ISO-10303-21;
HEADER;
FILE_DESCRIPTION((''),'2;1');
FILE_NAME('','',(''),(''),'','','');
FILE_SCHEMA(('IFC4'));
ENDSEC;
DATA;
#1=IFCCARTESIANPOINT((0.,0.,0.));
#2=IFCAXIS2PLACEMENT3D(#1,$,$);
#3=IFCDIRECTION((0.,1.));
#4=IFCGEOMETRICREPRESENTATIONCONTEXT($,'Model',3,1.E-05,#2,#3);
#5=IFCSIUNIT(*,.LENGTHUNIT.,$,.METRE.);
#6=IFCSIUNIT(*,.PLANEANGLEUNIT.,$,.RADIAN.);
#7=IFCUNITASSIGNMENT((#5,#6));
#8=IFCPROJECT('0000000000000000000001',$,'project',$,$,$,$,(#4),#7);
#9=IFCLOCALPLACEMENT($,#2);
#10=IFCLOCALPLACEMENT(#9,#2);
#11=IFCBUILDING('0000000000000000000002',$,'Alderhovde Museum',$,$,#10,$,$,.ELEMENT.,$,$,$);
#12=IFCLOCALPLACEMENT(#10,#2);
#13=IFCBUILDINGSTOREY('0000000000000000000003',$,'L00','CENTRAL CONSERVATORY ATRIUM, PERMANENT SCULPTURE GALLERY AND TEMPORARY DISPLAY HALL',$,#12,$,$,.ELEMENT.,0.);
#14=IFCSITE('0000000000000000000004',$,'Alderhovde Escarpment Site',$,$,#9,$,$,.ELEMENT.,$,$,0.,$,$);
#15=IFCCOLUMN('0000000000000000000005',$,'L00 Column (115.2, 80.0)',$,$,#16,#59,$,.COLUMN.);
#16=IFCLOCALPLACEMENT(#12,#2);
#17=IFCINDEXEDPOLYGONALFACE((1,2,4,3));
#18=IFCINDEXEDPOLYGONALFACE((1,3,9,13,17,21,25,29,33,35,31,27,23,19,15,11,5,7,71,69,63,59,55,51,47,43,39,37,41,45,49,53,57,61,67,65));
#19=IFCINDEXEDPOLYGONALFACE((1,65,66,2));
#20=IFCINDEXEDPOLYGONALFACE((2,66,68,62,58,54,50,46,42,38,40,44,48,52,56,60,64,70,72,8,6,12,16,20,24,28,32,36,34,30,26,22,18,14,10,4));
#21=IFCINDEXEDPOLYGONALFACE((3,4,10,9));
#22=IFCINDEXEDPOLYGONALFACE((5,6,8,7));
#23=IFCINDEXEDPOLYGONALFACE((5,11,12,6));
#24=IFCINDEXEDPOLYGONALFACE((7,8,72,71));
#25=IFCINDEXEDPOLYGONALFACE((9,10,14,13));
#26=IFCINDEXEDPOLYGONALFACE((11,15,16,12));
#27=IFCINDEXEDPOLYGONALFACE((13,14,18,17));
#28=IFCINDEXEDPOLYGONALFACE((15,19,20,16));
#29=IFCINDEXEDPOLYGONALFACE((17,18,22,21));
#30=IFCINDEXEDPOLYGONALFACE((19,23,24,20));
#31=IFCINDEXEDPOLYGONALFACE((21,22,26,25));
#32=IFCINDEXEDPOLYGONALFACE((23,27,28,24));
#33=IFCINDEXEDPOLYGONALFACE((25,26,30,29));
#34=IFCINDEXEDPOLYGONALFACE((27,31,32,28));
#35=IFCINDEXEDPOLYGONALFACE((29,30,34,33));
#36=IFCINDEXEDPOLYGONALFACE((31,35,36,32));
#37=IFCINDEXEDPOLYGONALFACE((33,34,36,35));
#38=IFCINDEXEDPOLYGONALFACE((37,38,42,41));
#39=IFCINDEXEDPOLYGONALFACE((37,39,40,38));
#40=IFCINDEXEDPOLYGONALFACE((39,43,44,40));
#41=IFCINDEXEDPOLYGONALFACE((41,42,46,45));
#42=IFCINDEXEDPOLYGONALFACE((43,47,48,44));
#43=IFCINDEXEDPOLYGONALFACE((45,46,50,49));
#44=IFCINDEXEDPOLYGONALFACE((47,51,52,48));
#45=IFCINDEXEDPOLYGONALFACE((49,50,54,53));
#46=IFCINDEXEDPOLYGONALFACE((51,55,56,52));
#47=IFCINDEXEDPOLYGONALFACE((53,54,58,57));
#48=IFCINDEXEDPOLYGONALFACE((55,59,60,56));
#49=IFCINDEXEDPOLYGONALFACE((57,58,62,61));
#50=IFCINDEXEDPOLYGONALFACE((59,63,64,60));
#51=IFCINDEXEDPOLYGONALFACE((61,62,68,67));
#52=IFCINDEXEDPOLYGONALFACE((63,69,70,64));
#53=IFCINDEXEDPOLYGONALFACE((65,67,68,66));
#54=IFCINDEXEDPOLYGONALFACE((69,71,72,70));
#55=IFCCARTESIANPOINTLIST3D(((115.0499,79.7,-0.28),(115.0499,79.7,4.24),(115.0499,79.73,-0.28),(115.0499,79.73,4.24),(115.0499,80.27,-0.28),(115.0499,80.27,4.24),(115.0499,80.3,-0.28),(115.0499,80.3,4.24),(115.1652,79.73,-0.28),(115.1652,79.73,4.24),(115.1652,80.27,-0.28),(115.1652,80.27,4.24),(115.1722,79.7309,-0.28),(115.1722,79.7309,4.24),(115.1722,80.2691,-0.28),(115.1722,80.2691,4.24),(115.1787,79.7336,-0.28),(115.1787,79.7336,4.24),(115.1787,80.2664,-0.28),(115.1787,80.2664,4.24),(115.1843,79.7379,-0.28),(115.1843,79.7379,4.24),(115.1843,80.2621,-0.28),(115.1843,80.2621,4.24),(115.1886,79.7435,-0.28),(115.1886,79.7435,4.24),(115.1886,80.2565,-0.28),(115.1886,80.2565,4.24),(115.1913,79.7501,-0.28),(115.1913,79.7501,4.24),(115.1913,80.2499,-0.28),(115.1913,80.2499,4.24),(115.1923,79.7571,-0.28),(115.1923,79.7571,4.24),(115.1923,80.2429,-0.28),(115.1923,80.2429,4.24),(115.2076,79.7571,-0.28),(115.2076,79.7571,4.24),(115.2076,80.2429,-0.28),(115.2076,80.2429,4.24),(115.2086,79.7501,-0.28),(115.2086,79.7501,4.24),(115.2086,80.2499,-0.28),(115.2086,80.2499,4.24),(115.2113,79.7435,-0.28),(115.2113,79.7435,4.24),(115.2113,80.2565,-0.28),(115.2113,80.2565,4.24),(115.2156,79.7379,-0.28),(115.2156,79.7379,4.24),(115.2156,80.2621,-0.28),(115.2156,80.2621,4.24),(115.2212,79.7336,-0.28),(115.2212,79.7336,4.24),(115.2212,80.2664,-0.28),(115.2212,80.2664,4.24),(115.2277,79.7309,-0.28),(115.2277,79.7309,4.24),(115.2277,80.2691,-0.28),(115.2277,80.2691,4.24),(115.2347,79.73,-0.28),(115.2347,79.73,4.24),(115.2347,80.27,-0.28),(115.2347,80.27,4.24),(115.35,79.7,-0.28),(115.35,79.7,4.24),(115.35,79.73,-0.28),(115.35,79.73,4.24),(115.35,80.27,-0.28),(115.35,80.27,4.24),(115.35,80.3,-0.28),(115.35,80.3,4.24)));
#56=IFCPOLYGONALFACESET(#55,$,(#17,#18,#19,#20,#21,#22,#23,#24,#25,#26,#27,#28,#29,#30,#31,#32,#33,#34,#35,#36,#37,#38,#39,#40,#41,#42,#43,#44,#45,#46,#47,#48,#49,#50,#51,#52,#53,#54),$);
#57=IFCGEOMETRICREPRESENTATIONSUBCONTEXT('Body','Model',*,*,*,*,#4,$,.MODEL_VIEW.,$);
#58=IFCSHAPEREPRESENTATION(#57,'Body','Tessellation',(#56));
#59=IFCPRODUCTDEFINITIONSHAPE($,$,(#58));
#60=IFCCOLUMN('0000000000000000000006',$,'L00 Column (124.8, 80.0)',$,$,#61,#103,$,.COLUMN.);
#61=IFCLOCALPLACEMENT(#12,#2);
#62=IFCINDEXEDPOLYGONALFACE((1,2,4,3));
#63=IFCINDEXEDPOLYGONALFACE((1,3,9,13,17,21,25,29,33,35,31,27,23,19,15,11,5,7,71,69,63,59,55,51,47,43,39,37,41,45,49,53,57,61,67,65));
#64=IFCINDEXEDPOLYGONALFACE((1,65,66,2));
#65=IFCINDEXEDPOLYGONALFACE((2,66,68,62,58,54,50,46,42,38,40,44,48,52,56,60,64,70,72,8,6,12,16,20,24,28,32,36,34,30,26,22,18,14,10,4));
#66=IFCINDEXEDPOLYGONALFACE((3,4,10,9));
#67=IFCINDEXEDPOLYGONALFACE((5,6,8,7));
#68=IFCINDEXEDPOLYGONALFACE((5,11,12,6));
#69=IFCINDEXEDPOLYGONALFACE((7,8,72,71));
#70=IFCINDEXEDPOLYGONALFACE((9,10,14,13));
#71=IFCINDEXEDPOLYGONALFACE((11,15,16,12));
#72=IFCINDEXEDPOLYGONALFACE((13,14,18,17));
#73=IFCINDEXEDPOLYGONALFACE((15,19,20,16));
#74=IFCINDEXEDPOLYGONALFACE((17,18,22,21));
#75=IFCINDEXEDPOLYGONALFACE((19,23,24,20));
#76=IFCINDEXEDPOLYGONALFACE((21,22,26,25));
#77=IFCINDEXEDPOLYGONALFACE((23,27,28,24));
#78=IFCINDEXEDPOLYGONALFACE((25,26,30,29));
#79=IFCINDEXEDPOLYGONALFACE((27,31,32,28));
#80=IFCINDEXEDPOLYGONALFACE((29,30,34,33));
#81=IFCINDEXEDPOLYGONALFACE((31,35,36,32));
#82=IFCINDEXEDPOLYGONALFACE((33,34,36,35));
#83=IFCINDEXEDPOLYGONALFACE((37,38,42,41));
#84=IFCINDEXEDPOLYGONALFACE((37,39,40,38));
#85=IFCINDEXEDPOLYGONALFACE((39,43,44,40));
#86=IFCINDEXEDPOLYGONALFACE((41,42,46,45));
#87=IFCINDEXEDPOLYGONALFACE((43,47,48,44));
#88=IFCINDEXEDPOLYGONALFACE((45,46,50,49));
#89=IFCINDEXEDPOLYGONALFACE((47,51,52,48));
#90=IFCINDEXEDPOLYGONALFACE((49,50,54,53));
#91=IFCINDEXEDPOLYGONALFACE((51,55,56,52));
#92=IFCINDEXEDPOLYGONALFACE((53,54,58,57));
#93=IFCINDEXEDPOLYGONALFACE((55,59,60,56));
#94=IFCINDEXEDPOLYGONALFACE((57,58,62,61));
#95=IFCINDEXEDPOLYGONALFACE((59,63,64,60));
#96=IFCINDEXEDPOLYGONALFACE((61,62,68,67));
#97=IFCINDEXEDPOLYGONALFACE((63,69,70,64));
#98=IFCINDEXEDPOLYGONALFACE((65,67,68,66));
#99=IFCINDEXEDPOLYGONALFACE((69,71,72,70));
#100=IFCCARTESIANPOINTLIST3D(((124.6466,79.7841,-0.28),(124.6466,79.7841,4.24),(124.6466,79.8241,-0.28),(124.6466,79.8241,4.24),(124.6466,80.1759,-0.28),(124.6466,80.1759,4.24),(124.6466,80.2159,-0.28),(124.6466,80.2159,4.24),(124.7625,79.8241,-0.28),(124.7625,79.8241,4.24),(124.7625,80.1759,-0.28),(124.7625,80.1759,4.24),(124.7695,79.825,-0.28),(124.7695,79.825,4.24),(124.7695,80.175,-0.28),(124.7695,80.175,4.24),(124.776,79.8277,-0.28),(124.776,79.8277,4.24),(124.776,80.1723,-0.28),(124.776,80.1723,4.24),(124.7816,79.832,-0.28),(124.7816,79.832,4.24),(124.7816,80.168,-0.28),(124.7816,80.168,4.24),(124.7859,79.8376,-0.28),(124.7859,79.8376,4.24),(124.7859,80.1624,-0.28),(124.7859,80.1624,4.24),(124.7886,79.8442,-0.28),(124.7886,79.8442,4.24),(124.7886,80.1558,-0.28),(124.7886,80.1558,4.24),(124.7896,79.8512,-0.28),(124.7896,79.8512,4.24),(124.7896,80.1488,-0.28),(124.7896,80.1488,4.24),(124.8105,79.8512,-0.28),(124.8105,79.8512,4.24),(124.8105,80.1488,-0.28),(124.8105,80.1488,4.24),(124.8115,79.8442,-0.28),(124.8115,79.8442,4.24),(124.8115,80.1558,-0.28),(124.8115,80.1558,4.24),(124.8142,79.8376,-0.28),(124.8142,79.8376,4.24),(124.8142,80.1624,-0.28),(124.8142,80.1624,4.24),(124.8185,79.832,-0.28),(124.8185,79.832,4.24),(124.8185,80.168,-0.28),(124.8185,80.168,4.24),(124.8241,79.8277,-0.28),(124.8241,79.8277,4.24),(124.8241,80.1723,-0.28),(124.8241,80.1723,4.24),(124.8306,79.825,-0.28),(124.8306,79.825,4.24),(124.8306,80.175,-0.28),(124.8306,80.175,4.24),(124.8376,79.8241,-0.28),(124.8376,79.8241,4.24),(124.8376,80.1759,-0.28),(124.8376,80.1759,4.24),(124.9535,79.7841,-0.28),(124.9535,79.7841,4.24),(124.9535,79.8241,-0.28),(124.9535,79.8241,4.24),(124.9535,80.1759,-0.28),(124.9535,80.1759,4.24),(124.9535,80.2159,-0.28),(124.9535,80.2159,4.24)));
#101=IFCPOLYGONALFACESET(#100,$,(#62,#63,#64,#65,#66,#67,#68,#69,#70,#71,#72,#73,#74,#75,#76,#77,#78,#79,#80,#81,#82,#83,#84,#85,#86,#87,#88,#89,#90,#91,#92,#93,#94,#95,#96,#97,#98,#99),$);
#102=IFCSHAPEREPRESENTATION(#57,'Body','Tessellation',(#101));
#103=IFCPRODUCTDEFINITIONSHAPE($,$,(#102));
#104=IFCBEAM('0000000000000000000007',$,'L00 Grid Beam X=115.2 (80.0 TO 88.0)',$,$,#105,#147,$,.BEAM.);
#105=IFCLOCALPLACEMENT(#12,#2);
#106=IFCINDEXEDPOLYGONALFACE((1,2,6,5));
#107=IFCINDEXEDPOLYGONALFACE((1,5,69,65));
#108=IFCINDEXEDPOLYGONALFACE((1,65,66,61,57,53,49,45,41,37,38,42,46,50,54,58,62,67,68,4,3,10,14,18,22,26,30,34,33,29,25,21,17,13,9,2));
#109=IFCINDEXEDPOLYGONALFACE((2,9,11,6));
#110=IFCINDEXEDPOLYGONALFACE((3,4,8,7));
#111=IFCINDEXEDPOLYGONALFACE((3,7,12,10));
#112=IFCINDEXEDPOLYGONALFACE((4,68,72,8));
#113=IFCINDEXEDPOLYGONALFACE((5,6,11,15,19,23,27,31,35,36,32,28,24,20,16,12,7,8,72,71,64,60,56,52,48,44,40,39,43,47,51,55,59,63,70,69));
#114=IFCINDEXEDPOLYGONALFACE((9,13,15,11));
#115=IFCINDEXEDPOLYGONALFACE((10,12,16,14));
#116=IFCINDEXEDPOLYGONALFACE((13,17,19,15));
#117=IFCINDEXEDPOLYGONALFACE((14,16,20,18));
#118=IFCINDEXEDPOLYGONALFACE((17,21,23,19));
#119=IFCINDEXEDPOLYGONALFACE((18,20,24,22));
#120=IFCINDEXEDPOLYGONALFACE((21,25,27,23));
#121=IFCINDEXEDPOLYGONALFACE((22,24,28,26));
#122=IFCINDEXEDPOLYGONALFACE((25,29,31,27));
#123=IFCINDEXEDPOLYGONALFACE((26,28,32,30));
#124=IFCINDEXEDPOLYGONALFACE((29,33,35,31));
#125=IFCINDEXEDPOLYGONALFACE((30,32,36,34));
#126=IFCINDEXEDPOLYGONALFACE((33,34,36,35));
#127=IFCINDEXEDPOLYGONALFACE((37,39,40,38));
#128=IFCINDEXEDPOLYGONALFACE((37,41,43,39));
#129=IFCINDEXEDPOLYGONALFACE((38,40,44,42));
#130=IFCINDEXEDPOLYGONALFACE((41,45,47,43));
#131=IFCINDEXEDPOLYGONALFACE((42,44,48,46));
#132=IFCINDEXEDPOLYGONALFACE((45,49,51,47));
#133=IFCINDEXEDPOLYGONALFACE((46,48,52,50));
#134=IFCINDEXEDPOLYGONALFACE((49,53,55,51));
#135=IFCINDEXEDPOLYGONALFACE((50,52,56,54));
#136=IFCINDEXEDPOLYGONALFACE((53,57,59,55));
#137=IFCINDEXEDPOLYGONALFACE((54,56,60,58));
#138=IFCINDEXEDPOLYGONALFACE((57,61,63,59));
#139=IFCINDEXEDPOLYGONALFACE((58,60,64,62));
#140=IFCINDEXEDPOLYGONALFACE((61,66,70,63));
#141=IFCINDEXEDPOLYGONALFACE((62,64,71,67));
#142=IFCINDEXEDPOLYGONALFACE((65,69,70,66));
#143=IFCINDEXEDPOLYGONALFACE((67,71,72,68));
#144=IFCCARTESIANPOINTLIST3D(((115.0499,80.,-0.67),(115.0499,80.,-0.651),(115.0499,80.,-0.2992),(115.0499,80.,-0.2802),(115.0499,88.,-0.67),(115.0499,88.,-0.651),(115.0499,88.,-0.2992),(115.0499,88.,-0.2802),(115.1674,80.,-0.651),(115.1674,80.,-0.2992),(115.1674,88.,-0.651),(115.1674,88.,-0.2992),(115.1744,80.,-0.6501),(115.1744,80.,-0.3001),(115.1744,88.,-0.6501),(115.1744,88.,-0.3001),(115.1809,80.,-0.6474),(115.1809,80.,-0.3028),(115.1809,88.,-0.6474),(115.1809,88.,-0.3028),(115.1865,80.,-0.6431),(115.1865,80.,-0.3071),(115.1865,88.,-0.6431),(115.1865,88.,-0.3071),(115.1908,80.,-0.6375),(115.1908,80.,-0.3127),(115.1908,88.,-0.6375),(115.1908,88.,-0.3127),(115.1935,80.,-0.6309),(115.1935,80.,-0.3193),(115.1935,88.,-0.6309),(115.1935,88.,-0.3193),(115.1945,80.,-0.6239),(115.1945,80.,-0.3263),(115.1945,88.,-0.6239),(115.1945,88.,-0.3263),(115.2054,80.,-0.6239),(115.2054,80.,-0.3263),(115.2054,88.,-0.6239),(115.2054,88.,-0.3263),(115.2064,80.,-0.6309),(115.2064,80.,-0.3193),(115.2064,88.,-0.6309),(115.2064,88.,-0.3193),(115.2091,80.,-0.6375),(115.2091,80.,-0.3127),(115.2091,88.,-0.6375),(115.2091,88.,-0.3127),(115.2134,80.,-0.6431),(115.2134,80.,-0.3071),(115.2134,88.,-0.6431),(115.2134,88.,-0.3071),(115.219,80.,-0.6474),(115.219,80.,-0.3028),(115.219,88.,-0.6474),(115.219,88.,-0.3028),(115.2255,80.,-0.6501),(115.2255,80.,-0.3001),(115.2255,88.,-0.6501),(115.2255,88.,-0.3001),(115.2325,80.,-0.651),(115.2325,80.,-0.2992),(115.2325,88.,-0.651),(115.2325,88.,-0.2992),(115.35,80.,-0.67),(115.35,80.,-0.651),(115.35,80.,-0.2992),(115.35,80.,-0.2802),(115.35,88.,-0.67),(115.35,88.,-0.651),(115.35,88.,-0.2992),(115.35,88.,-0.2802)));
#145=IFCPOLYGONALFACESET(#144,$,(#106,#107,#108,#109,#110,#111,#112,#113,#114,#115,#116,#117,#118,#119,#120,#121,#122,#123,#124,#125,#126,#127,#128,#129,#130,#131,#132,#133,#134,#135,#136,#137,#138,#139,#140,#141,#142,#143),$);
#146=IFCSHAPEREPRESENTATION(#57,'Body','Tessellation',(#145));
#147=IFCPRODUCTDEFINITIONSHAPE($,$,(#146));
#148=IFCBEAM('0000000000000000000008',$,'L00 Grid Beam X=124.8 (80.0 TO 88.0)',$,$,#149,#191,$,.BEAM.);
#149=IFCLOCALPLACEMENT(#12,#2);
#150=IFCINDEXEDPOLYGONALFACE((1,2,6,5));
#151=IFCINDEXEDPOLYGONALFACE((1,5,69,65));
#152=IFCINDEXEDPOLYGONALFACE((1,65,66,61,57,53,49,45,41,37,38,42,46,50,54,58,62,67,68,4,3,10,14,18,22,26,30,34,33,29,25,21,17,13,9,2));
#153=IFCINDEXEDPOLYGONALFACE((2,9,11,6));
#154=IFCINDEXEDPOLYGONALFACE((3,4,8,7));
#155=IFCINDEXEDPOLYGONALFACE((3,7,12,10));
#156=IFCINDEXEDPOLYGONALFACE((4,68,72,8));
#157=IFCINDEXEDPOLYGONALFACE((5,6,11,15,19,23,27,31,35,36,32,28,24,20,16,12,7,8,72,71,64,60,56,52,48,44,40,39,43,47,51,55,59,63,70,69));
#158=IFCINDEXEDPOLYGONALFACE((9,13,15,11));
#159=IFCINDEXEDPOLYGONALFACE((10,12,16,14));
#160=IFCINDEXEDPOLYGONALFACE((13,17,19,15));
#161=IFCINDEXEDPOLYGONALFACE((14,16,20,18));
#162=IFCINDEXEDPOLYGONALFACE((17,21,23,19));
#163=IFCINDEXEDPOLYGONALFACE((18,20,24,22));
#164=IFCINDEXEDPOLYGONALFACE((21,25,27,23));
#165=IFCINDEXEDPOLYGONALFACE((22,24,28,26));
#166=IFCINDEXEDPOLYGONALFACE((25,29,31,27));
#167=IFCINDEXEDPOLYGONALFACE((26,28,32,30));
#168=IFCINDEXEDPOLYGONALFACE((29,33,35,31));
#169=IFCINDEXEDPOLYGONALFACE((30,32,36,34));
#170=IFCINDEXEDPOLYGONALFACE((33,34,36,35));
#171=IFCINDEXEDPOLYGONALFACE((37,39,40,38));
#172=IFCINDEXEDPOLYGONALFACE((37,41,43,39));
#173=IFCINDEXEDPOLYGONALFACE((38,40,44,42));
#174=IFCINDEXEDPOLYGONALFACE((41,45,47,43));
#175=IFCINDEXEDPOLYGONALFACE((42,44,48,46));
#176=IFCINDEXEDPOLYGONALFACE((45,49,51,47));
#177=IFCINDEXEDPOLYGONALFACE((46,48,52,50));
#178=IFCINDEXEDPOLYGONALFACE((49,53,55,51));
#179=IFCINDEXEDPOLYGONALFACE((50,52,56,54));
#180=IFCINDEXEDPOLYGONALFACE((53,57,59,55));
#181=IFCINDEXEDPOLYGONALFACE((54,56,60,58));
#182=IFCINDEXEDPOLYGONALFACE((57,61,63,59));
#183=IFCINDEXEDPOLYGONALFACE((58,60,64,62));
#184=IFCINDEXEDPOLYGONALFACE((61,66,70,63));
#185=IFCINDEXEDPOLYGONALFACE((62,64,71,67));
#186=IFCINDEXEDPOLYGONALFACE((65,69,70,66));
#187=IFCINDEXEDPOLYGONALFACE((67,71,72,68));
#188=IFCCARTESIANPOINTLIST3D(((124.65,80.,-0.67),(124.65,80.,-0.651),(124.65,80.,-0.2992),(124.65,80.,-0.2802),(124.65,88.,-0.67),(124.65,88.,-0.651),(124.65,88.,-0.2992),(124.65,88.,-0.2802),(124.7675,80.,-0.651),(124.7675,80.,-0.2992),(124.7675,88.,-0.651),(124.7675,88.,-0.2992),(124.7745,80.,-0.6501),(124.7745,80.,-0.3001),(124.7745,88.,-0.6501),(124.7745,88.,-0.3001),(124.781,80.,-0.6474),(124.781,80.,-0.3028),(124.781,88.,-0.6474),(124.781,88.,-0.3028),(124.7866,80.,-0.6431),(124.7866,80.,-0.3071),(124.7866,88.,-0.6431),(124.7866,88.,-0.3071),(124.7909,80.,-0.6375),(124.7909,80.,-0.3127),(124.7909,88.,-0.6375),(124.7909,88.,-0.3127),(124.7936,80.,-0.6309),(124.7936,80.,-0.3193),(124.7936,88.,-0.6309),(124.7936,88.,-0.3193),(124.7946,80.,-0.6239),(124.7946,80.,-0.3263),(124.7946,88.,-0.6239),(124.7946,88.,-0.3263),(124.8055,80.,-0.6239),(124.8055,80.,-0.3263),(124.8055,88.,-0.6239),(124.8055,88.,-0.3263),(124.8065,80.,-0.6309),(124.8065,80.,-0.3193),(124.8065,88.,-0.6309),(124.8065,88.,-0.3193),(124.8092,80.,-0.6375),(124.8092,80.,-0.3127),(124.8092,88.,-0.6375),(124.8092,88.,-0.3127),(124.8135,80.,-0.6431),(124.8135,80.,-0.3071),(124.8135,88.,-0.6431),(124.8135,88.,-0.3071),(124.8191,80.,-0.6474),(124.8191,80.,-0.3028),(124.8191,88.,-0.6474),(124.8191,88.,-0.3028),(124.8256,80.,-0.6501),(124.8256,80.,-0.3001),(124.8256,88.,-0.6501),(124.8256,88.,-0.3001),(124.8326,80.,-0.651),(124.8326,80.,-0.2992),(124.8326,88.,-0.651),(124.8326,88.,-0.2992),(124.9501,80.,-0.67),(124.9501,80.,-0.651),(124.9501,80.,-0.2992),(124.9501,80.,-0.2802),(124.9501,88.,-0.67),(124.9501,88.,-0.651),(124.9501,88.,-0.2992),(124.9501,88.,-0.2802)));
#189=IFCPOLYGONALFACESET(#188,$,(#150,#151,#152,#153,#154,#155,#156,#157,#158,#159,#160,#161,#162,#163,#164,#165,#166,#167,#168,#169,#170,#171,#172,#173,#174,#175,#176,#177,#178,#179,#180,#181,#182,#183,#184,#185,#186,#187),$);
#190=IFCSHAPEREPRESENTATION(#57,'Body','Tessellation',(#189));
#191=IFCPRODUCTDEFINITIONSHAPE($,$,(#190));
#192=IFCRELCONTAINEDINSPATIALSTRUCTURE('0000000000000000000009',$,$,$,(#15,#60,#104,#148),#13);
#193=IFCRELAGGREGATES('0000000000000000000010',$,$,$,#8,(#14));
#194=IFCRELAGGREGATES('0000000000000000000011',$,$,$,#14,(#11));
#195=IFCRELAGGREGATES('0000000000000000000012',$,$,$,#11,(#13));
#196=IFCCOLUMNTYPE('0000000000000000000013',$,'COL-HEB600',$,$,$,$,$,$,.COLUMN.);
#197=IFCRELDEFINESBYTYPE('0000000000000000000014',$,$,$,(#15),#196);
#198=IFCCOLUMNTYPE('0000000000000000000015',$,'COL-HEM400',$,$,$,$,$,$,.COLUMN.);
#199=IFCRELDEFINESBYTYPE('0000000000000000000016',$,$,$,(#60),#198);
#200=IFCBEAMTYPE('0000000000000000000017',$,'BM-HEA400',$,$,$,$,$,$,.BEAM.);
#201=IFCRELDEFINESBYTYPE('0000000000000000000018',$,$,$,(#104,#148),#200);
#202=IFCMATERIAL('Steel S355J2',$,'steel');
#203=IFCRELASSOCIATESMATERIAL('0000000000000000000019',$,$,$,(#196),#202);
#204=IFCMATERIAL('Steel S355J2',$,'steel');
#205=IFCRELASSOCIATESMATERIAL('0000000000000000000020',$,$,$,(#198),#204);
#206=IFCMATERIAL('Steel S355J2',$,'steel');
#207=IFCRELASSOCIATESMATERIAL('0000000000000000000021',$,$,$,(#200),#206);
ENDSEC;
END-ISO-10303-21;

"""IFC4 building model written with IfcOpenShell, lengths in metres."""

from ifc_helpers import new_model, si_unit, direction, frame, origin, origin_2d, place, context, subcontext, project, spatial, i_section, extrude, material, material_profile, profile_set, type_object, element, save


model = new_model("IFC4")

# Units and contexts
model_context = context("Model", 3, precision=1e-05, world=origin(), true_north=direction((0.0, 1.0)))
body_context = subcontext(model_context, "Body", "Model", "MODEL_VIEW")
ifc_project = project(units=[si_unit("LENGTHUNIT", "METRE"), si_unit("PLANEANGLEUNIT", "RADIAN")], contexts=[model_context])

# Site, building, storey
site_placement = place(None, origin())
site = spatial("IfcSite", under=ifc_project, at=site_placement, Name="Alderhovde Escarpment Site", CompositionType="ELEMENT", RefElevation=0.0)
building_placement = place(site_placement, origin())
building = spatial("IfcBuilding", under=site, at=building_placement, Name="Alderhovde Museum", CompositionType="ELEMENT")
storey_placement = place(building_placement, origin())
storey = spatial("IfcBuildingStorey", under=building, at=storey_placement, Name="L00", Description="CENTRAL CONSERVATORY ATRIUM, PERMANENT SCULPTURE GALLERY AND TEMPORARY DISPLAY HALL", CompositionType="ELEMENT", Elevation=0.0)

# Columns
ifc_material_1 = material(Name="Steel S355J2", Category="steel")
ifc_material_profile_1 = material_profile(ifc_material_1, i_section(OverallWidth=0.3, OverallDepth=0.6001, WebThickness=0.0154, FlangeThickness=0.03, FilletRadius=0.0271, at=origin_2d()), Name="HEB 600")
ifc_profile_set_1 = profile_set([ifc_material_profile_1], Name="Steel S355J2")
column_type_1 = type_object("IfcColumnType", Name="COL-HEB600", PredefinedType="COLUMN", material=ifc_profile_set_1)
column_1_placement = place(storey_placement, frame((115.2, 80.0, -0.28), z_axis=(0.0, 0.0, 1.0), x_axis=(1.0, 0.0, 0.0)))
element("IfcColumn", 1, at=column_1_placement, inside=storey, type_object=column_type_1, Name="L00 Column (115.2, 80.0)", PredefinedType="COLUMN", context=body_context, shape_type="SweptSolid", body=[
    extrude(i_section(OverallWidth=0.3, OverallDepth=0.6001, WebThickness=0.0154, FlangeThickness=0.03, FilletRadius=0.0271, at=origin_2d()), origin(), (0.0, 0.0, 1.0), 4.52),
])
ifc_material_2 = material(Name="Steel S355J2", Category="steel")
ifc_material_profile_2 = material_profile(ifc_material_2, i_section(OverallWidth=0.3069, OverallDepth=0.4319, WebThickness=0.021, FlangeThickness=0.04, FilletRadius=0.0271, at=origin_2d()), Name="HEM 400")
ifc_profile_set_2 = profile_set([ifc_material_profile_2], Name="Steel S355J2")
column_type_2 = type_object("IfcColumnType", Name="COL-HEM400", PredefinedType="COLUMN", material=ifc_profile_set_2)
column_2_placement = place(storey_placement, frame((124.8, 80.0, -0.28), z_axis=(0.0, 0.0, 1.0), x_axis=(1.0, 0.0, 0.0)))
element("IfcColumn", 2, at=column_2_placement, inside=storey, type_object=column_type_2, Name="L00 Column (124.8, 80.0)", PredefinedType="COLUMN", context=body_context, shape_type="SweptSolid", body=[
    extrude(i_section(OverallWidth=0.3069, OverallDepth=0.4319, WebThickness=0.021, FlangeThickness=0.04, FilletRadius=0.0271, at=origin_2d()), origin(), (0.0, 0.0, 1.0), 4.52),
])

# Beams
ifc_material_3 = material(Name="Steel S355J2", Category="steel")
ifc_material_profile_3 = material_profile(ifc_material_3, i_section(OverallWidth=0.3, OverallDepth=0.3899, WebThickness=0.011, FlangeThickness=0.019, FilletRadius=0.0271, at=origin_2d()), Name="HEA 400")
ifc_profile_set_3 = profile_set([ifc_material_profile_3], Name="Steel S355J2")
beam_type_1 = type_object("IfcBeamType", Name="BM-HEA400", PredefinedType="BEAM", material=ifc_profile_set_3)
for number, where, z_axis, x_axis, name in (
    (3, (115.2, 80.0, -0.4751), (0.0, 1.0, 0.0), (-1.0, 0.0, 0.0), "L00 Grid Beam X=115.2 (80.0 TO 88.0)"),
    (4, (124.8, 80.0, -0.4751), (0.0, 1.0, 0.0), (-1.0, 0.0, 0.0), "L00 Grid Beam X=124.8 (80.0 TO 88.0)"),
):
    element("IfcBeam", number, at=place(storey_placement, frame(where, z_axis=z_axis, x_axis=x_axis)), inside=storey, type_object=beam_type_1, Name=name, PredefinedType="BEAM", context=body_context, shape_type="SweptSolid", body=[
        extrude(i_section(OverallWidth=0.3, OverallDepth=0.3899, WebThickness=0.011, FlangeThickness=0.019, FilletRadius=0.0271, at=origin_2d()), origin(), (0.0, 0.0, 1.0), 8.0),
    ])

save(model, "model.ifc")
